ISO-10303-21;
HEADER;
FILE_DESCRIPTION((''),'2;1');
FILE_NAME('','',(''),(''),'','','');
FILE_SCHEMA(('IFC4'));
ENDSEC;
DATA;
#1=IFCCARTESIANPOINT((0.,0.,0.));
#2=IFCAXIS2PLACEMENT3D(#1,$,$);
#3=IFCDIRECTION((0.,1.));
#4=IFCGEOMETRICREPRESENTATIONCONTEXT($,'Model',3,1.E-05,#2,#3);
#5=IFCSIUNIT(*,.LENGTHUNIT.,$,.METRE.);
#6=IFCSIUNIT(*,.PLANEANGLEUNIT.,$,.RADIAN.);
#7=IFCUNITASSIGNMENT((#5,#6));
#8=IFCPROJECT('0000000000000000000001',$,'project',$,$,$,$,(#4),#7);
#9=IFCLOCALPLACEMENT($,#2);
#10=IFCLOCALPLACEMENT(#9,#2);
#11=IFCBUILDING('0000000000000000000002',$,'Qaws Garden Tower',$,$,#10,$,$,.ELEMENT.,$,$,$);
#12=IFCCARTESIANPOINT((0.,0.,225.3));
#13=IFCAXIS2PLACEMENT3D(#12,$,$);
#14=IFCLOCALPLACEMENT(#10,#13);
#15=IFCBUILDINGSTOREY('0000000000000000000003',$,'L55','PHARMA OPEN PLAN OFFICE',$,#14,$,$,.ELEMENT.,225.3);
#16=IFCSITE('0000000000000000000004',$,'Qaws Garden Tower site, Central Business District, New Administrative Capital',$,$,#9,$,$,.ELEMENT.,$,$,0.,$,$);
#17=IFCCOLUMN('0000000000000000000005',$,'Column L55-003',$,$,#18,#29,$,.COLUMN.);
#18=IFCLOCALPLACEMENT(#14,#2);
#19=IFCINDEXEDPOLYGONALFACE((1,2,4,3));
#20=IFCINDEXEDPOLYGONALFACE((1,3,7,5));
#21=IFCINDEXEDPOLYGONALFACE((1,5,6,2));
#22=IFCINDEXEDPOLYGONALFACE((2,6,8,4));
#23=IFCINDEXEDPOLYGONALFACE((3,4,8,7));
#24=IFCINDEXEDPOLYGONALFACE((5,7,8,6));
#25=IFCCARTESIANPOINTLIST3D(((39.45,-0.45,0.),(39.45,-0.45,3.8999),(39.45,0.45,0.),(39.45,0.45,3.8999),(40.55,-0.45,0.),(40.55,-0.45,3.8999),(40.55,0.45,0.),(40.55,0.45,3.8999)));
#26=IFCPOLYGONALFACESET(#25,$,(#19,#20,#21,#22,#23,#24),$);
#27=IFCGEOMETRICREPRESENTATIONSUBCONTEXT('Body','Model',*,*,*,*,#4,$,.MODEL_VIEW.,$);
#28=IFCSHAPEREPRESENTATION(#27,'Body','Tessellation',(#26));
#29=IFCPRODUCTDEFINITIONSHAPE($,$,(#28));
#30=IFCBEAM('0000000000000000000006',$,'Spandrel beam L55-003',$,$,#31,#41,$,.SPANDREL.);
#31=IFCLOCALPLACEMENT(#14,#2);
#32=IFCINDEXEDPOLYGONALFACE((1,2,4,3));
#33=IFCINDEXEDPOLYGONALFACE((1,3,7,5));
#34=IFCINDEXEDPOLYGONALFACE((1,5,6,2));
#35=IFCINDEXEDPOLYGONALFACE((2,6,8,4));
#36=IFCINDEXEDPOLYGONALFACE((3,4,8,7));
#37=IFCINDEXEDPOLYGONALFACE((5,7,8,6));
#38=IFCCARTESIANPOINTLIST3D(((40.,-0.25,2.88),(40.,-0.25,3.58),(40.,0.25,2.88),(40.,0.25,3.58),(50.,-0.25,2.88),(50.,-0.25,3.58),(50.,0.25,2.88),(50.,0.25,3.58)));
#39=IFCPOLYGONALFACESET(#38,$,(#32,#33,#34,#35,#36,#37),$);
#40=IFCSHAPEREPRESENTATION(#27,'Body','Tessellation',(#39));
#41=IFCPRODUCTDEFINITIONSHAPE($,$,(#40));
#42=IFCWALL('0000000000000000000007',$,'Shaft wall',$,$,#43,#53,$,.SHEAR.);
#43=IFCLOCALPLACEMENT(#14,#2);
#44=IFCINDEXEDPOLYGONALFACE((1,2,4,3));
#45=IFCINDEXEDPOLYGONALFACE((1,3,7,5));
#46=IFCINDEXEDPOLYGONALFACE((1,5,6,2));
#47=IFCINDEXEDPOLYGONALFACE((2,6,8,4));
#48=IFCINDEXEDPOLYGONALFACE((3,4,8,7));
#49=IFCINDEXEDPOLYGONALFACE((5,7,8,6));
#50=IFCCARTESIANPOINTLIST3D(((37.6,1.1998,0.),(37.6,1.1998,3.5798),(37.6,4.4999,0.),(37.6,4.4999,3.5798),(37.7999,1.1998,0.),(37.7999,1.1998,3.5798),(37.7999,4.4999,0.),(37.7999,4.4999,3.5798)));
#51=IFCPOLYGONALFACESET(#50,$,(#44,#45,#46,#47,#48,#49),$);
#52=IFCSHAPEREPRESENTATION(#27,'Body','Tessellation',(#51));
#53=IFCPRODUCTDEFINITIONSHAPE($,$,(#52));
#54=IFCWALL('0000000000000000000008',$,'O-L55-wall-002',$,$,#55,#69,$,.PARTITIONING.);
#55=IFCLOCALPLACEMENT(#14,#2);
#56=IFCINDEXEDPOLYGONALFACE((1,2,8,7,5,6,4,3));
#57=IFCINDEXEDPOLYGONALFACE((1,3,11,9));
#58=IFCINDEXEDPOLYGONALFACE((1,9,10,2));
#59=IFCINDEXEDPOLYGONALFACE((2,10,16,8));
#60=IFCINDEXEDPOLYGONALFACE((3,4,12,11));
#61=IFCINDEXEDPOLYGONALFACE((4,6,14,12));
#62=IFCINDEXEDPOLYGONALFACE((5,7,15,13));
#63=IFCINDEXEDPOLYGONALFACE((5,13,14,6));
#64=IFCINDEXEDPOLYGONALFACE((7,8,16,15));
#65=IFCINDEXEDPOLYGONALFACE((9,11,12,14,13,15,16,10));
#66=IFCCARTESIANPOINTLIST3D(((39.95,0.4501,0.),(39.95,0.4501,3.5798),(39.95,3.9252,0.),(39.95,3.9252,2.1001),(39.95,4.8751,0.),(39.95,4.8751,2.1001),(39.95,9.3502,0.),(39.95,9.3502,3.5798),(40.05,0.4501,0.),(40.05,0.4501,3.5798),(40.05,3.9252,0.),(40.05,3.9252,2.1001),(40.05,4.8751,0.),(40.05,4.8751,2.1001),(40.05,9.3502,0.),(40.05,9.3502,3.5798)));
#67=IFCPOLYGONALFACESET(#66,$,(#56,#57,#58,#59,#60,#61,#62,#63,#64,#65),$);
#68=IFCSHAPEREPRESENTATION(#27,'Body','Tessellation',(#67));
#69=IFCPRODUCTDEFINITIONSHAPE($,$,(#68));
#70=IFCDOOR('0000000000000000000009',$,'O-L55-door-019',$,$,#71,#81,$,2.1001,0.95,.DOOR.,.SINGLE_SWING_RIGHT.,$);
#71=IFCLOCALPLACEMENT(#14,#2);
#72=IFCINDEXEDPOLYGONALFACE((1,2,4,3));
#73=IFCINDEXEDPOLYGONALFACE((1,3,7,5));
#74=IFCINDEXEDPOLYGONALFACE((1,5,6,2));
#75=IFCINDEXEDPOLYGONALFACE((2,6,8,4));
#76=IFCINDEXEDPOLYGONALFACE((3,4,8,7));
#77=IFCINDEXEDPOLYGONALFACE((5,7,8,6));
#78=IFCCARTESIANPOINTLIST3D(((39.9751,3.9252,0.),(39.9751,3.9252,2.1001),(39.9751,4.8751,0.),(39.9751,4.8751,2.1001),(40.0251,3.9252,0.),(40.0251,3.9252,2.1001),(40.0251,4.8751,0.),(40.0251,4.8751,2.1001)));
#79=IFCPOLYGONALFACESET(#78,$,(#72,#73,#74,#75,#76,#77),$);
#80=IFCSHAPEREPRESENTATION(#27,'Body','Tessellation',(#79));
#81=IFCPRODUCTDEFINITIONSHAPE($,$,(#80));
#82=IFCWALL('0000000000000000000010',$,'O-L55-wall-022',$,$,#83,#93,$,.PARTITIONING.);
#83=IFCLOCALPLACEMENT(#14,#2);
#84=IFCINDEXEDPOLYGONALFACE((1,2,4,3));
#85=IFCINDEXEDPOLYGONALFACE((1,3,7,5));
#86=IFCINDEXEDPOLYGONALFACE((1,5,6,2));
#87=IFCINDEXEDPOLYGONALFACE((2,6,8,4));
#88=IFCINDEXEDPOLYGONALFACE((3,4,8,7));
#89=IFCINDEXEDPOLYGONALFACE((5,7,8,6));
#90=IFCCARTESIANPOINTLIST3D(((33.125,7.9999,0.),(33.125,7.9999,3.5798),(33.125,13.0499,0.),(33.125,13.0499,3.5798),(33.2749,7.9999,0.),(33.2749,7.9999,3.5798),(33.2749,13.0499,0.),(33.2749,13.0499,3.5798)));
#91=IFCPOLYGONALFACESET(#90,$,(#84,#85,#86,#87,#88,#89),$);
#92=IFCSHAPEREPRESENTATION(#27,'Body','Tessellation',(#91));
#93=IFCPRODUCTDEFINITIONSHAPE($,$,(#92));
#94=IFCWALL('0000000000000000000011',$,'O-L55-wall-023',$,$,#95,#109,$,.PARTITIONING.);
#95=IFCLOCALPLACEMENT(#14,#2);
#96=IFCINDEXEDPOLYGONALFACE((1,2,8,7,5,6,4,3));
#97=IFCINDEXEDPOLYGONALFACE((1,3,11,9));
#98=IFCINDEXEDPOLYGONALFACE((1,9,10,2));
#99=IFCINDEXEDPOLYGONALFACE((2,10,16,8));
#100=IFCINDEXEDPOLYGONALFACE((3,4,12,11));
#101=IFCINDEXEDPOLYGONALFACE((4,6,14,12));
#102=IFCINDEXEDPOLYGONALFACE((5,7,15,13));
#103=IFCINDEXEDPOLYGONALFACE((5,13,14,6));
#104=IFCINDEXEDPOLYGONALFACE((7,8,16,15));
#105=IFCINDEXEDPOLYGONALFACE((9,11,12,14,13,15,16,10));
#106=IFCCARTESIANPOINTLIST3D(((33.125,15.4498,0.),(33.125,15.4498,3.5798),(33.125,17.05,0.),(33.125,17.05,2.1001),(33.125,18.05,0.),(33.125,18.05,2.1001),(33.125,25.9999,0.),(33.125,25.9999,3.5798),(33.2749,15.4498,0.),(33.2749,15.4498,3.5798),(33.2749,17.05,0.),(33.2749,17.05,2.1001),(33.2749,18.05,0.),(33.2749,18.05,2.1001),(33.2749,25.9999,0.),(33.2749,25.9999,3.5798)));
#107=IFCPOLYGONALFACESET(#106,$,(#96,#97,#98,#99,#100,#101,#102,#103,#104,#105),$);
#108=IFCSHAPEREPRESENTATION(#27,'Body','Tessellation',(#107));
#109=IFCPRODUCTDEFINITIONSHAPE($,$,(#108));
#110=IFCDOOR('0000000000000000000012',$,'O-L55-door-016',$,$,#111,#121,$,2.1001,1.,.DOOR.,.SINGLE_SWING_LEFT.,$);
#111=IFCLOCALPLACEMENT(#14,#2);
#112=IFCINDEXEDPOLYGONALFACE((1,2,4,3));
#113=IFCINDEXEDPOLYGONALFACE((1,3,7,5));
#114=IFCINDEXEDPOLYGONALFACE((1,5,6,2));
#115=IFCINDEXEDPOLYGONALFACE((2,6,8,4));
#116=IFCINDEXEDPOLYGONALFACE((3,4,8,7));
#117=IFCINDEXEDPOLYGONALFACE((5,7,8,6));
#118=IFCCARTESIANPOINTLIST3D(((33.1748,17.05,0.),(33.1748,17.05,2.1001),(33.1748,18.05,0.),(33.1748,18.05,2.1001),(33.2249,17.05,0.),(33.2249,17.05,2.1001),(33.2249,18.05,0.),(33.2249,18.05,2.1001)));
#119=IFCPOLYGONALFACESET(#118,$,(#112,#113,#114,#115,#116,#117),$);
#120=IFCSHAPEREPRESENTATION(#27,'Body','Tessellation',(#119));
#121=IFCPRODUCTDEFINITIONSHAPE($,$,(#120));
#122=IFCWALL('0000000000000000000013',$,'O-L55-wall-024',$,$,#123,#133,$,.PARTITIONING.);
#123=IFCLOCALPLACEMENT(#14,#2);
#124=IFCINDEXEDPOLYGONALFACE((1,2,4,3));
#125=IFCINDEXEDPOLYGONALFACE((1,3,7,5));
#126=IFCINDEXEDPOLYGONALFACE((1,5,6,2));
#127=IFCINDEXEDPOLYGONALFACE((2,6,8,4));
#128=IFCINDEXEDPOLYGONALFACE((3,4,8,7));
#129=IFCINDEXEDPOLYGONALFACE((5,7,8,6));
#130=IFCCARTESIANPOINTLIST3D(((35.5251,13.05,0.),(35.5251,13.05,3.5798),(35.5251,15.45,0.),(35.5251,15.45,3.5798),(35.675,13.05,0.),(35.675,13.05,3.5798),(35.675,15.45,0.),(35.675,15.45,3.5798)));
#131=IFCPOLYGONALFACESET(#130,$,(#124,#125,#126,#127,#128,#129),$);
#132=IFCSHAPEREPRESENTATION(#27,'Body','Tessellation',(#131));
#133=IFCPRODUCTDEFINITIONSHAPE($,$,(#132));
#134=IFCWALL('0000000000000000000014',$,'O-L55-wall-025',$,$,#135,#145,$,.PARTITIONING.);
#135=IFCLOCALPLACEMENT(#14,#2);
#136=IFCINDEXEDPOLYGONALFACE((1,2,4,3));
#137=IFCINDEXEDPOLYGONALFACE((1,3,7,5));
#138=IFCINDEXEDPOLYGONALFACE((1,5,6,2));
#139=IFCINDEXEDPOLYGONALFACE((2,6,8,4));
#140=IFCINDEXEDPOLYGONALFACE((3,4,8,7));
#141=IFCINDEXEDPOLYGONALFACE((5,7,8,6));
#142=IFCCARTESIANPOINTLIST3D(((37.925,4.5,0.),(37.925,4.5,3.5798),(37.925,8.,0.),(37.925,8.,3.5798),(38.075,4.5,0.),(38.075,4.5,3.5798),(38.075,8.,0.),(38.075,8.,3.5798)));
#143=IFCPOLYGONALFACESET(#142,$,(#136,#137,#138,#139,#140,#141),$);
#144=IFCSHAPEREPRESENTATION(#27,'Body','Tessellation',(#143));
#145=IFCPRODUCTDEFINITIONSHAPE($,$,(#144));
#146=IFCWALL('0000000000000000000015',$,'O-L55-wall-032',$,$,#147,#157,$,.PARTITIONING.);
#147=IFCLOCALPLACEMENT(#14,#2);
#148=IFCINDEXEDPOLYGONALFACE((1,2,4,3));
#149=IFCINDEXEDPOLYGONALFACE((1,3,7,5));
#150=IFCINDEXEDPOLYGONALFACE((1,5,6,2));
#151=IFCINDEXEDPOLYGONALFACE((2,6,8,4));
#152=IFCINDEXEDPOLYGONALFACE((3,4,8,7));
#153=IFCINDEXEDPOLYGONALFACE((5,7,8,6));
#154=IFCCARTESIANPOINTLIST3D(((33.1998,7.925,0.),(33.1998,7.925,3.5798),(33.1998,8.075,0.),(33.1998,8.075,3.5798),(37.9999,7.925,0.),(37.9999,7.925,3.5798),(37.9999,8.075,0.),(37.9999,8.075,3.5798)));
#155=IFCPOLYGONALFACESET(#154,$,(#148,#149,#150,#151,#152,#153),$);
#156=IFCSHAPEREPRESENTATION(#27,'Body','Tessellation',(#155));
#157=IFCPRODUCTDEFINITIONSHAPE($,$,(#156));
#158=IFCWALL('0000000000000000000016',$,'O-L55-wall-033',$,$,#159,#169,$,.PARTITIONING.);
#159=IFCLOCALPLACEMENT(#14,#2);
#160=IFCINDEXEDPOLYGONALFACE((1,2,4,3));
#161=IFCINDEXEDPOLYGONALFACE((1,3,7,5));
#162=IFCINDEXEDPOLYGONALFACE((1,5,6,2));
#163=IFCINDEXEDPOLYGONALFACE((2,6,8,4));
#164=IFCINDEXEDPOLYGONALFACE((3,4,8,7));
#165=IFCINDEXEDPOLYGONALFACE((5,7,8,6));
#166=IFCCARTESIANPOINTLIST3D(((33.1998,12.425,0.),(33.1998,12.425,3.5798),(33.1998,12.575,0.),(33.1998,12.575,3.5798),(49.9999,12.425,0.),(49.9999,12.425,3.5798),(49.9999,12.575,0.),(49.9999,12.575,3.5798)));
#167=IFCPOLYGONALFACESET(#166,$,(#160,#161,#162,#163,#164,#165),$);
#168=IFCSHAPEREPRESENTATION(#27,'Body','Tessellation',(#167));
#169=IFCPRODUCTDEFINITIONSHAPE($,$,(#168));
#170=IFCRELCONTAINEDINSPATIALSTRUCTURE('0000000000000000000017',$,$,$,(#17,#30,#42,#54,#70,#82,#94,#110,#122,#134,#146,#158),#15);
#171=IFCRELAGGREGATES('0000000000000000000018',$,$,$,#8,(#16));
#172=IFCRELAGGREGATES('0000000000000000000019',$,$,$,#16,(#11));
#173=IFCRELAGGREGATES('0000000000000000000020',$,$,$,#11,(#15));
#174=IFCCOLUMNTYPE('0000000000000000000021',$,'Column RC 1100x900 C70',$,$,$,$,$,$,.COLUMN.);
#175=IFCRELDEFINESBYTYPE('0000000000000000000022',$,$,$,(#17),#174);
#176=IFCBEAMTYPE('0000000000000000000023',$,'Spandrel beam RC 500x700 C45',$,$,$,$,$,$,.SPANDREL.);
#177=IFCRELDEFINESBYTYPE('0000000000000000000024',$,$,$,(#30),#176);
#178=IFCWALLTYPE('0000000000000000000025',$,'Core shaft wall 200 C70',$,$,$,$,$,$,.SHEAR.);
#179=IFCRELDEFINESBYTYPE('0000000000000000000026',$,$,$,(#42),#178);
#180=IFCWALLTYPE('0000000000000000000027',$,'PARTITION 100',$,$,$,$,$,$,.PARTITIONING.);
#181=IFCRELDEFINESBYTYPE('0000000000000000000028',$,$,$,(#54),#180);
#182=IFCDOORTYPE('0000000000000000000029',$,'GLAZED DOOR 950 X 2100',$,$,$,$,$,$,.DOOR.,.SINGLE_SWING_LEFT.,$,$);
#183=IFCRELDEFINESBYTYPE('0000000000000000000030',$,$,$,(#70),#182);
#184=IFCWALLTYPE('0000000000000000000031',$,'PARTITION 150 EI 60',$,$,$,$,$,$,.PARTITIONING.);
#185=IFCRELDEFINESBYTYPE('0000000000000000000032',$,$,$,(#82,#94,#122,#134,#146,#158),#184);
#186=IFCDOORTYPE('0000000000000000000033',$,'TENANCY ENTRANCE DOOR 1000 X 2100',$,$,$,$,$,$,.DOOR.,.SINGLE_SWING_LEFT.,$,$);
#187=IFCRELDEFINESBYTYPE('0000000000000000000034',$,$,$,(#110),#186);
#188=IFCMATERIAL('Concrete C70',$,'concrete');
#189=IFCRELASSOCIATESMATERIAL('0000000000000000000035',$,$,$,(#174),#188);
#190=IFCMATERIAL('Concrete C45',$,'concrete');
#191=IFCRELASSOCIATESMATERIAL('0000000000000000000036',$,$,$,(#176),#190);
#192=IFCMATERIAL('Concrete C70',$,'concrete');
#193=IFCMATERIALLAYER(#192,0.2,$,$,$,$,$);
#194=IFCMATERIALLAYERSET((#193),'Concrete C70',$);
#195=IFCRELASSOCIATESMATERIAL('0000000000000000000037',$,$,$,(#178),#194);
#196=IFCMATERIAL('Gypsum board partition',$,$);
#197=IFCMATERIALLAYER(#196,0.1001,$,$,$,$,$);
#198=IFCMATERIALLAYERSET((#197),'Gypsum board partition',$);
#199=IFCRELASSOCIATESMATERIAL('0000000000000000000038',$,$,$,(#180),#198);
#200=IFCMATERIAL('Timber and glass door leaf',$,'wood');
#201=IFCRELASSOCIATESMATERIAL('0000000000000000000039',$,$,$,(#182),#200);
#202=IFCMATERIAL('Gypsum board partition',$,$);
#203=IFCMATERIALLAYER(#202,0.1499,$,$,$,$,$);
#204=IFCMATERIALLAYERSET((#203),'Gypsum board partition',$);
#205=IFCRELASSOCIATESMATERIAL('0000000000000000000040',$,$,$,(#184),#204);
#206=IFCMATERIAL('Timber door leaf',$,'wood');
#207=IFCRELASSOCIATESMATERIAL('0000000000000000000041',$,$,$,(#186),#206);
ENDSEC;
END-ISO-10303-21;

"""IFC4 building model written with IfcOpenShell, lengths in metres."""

from ifc_helpers import new_model, si_unit, direction, frame, frame_2d, origin, origin_2d, place, context, subcontext, project, spatial, rectangle, extrude, material, layer, layer_set, material_profile, profile_set, type_object, element, fill, save


model = new_model("IFC4")

# Units and contexts
model_context = context("Model", 3, precision=1e-05, world=origin(), true_north=direction((0.0, 1.0)))
body_context = subcontext(model_context, "Body", "Model", "MODEL_VIEW")
ifc_project = project(units=[si_unit("LENGTHUNIT", "METRE"), si_unit("PLANEANGLEUNIT", "RADIAN")], contexts=[model_context])

# Site, building, storey
site_placement = place(None, origin())
site = spatial("IfcSite", under=ifc_project, at=site_placement, Name="Qaws Garden Tower site, Central Business District, New Administrative Capital", CompositionType="ELEMENT", RefElevation=0.0)
building_placement = place(site_placement, origin())
building = spatial("IfcBuilding", under=site, at=building_placement, Name="Qaws Garden Tower", CompositionType="ELEMENT")
storey_placement = place(building_placement, frame((0.0, 0.0, 225.3)))
storey = spatial("IfcBuildingStorey", under=building, at=storey_placement, Name="L55", Description="PHARMA OPEN PLAN OFFICE", CompositionType="ELEMENT", Elevation=225.3)

# Column
ifc_material_1 = material(Name="Concrete C70", Category="concrete")
ifc_material_profile_1 = material_profile(ifc_material_1, rectangle(XDim=1.1001, YDim=0.8999, at=origin_2d()), Name="RC 1100x900")
ifc_profile_set_1 = profile_set([ifc_material_profile_1], Name="Concrete C70")
column_type = type_object("IfcColumnType", Name="Column RC 1100x900 C70", PredefinedType="COLUMN", material=ifc_profile_set_1)
column_placement = place(storey_placement, frame((40.0, 0.0, 0.0), z_axis=(0.0, 0.0, 1.0), x_axis=(1.0, 0.0, 0.0)))
element("IfcColumn", 1, at=column_placement, inside=storey, type_object=column_type, Name="Column L55-003", PredefinedType="COLUMN", context=body_context, shape_type="SweptSolid", body=[
    extrude(rectangle(XDim=1.1001, YDim=0.8999, at=origin_2d()), origin(), (0.0, 0.0, 1.0), 3.8999),
])

# Beam
ifc_material_2 = material(Name="Concrete C45", Category="concrete")
ifc_material_profile_2 = material_profile(ifc_material_2, rectangle(XDim=0.5, YDim=0.7, at=origin_2d()), Name="RC 500x700")
ifc_profile_set_2 = profile_set([ifc_material_profile_2], Name="Concrete C45")
beam_type = type_object("IfcBeamType", Name="Spandrel beam RC 500x700 C45", PredefinedType="SPANDREL", material=ifc_profile_set_2)
beam_placement = place(storey_placement, frame((40.0, 0.0, 3.23), z_axis=(1.0, 0.0, 0.0), x_axis=(0.0, 1.0, 0.0)))
element("IfcBeam", 2, at=beam_placement, inside=storey, type_object=beam_type, Name="Spandrel beam L55-003", PredefinedType="SPANDREL", context=body_context, shape_type="SweptSolid", body=[
    extrude(rectangle(XDim=0.5, YDim=0.7, at=origin_2d()), origin(), (0.0, 0.0, 1.0), 10.0),
])

# Wall
ifc_material_3 = material(Name="Concrete C70", Category="concrete")
ifc_layer_1 = layer(ifc_material_3, 0.2)
ifc_layer_set_1 = layer_set([ifc_layer_1], Name="Concrete C70")
wall_type_1 = type_object("IfcWallType", Name="Core shaft wall 200 C70", PredefinedType="SHEAR", material=ifc_layer_set_1)
wall_1_placement = place(storey_placement, frame((37.7, 1.2, 0.0), z_axis=(0.0, 0.0, 1.0), x_axis=(0.0, 1.0, 0.0)))
element("IfcWall", 3, at=wall_1_placement, inside=storey, type_object=wall_type_1, Name="Shaft wall", PredefinedType="SHEAR", context=body_context, shape_type="SweptSolid", body=[
    extrude(rectangle(XDim=3.3, YDim=0.2, at=frame_2d((1.6499, 0.0))), origin(), (0.0, 0.0, 1.0), 3.5798),
])

# Wall, opening, door
ifc_material_4 = material(Name="Gypsum board partition")
ifc_layer_2 = layer(ifc_material_4, 0.1001)
ifc_layer_set_2 = layer_set([ifc_layer_2], Name="Gypsum board partition")
wall_type_2 = type_object("IfcWallType", Name="PARTITION 100", PredefinedType="PARTITIONING", material=ifc_layer_set_2)
wall_2_placement = place(storey_placement, frame((40.0, 0.45, 0.0), z_axis=(0.0, 0.0, 1.0), x_axis=(0.0, 1.0, 0.0)))
wall_2 = element("IfcWall", 4, at=wall_2_placement, inside=storey, type_object=wall_type_2, Name="O-L55-wall-002", PredefinedType="PARTITIONING", context=body_context, shape_type="SweptSolid", body=[
    extrude(rectangle(XDim=8.9001, YDim=0.1001, at=frame_2d((4.4502, 0.0))), origin(), (0.0, 0.0, 1.0), 3.5798),
])
opening_1_placement = place(wall_2_placement, frame((3.4751, 0.0, 0.0)))
opening_1 = element("IfcOpeningElement", 5, at=opening_1_placement, cuts=wall_2, PredefinedType="OPENING", context=body_context, shape_type="SweptSolid", body=[
    extrude(rectangle(XDim=0.95, YDim=2.1001, at=frame_2d((0.4751, 1.05))), frame((0.0, 0.0601, 0.0), z_axis=(0.0, -1.0, 0.0), x_axis=(1.0, 0.0, 0.0)), (0.0, 0.0, 1.0), 0.1201),
])
ifc_material_5 = material(Name="Timber and glass door leaf", Category="wood")
door_type_1 = type_object("IfcDoorType", Name="GLAZED DOOR 950 X 2100", OperationType="SINGLE_SWING_LEFT", PredefinedType="DOOR", material=ifc_material_5)
door_1_placement = place(opening_1_placement, origin())
door_1 = element("IfcDoor", 6, at=door_1_placement, inside=storey, type_object=door_type_1, Name="O-L55-door-019", OperationType="SINGLE_SWING_RIGHT", OverallHeight=2.1001, OverallWidth=0.95, PredefinedType="DOOR", context=body_context, shape_type="SweptSolid", body=[
    extrude(rectangle(XDim=0.95, YDim=2.1001, at=frame_2d((0.4751, 1.05))), frame((0.0, 0.0249, 0.0), z_axis=(0.0, -1.0, 0.0), x_axis=(1.0, 0.0, 0.0)), (0.0, 0.0, 1.0), 0.05),
])
fill(opening_1, door_1)

# Wall
ifc_material_6 = material(Name="Gypsum board partition")
ifc_layer_3 = layer(ifc_material_6, 0.1499)
ifc_layer_set_3 = layer_set([ifc_layer_3], Name="Gypsum board partition")
wall_type_3 = type_object("IfcWallType", Name="PARTITION 150 EI 60", PredefinedType="PARTITIONING", material=ifc_layer_set_3)
wall_3_placement = place(storey_placement, frame((33.2, 8.0, 0.0), z_axis=(0.0, 0.0, 1.0), x_axis=(0.0, 1.0, 0.0)))
element("IfcWall", 7, at=wall_3_placement, inside=storey, type_object=wall_type_3, Name="O-L55-wall-022", PredefinedType="PARTITIONING", context=body_context, shape_type="SweptSolid", body=[
    extrude(rectangle(XDim=5.05, YDim=0.1499, at=frame_2d((2.5249, 0.0))), origin(), (0.0, 0.0, 1.0), 3.5798),
])

# Wall, opening, door
wall_4_placement = place(storey_placement, frame((33.2, 15.45, 0.0), z_axis=(0.0, 0.0, 1.0), x_axis=(0.0, 1.0, 0.0)))
wall_4 = element("IfcWall", 8, at=wall_4_placement, inside=storey, type_object=wall_type_3, Name="O-L55-wall-023", PredefinedType="PARTITIONING", context=body_context, shape_type="SweptSolid", body=[
    extrude(rectangle(XDim=10.55, YDim=0.1499, at=frame_2d((5.2749, 0.0))), origin(), (0.0, 0.0, 1.0), 3.5798),
])
opening_2_placement = place(wall_4_placement, frame((1.6001, 0.0, 0.0)))
opening_2 = element("IfcOpeningElement", 9, at=opening_2_placement, cuts=wall_4, PredefinedType="OPENING", context=body_context, shape_type="SweptSolid", body=[
    extrude(rectangle(XDim=1.0, YDim=2.1001, at=frame_2d((0.5, 1.05))), frame((0.0, 0.085, 0.0), z_axis=(0.0, -1.0, 0.0), x_axis=(1.0, 0.0, 0.0)), (0.0, 0.0, 1.0), 0.1699),
])
ifc_material_7 = material(Name="Timber door leaf", Category="wood")
door_type_2 = type_object("IfcDoorType", Name="TENANCY ENTRANCE DOOR 1000 X 2100", OperationType="SINGLE_SWING_LEFT", PredefinedType="DOOR", material=ifc_material_7)
door_2_placement = place(opening_2_placement, frame((1.0, 0.0, 0.0), z_axis=(0.0, 0.0, 1.0), x_axis=(-1.0, 0.0, 0.0)))
door_2 = element("IfcDoor", 10, at=door_2_placement, inside=storey, type_object=door_type_2, Name="O-L55-door-016", OperationType="SINGLE_SWING_LEFT", OverallHeight=2.1001, OverallWidth=1.0, PredefinedType="DOOR", context=body_context, shape_type="SweptSolid", body=[
    extrude(rectangle(XDim=1.0, YDim=2.1001, at=frame_2d((0.5, 1.05))), frame((0.0, 0.0249, 0.0), z_axis=(0.0, -1.0, 0.0), x_axis=(1.0, 0.0, 0.0)), (0.0, 0.0, 1.0), 0.05),
])
fill(opening_2, door_2)

# Walls
wall_5_placement = place(storey_placement, frame((35.6001, 13.05, 0.0), z_axis=(0.0, 0.0, 1.0), x_axis=(0.0, 1.0, 0.0)))
element("IfcWall", 11, at=wall_5_placement, inside=storey, type_object=wall_type_3, Name="O-L55-wall-024", PredefinedType="PARTITIONING", context=body_context, shape_type="SweptSolid", body=[
    extrude(rectangle(XDim=2.3999, YDim=0.1499, at=frame_2d((1.2, 0.0))), origin(), (0.0, 0.0, 1.0), 3.5798),
])
wall_6_placement = place(storey_placement, frame((38.0, 4.5, 0.0), z_axis=(0.0, 0.0, 1.0), x_axis=(0.0, 1.0, 0.0)))
element("IfcWall", 12, at=wall_6_placement, inside=storey, type_object=wall_type_3, Name="O-L55-wall-025", PredefinedType="PARTITIONING", context=body_context, shape_type="SweptSolid", body=[
    extrude(rectangle(XDim=3.5, YDim=0.1499, at=frame_2d((1.75, 0.0))), origin(), (0.0, 0.0, 1.0), 3.5798),
])
wall_7_placement = place(storey_placement, frame((33.2, 8.0, 0.0), z_axis=(0.0, 0.0, 1.0), x_axis=(1.0, 0.0, 0.0)))
element("IfcWall", 13, at=wall_7_placement, inside=storey, type_object=wall_type_3, Name="O-L55-wall-032", PredefinedType="PARTITIONING", context=body_context, shape_type="SweptSolid", body=[
    extrude(rectangle(XDim=4.8, YDim=0.1499, at=frame_2d((2.3999, 0.0))), origin(), (0.0, 0.0, 1.0), 3.5798),
])
wall_8_placement = place(storey_placement, frame((33.2, 12.5, 0.0), z_axis=(0.0, 0.0, 1.0), x_axis=(1.0, 0.0, 0.0)))
element("IfcWall", 14, at=wall_8_placement, inside=storey, type_object=wall_type_3, Name="O-L55-wall-033", PredefinedType="PARTITIONING", context=body_context, shape_type="SweptSolid", body=[
    extrude(rectangle(XDim=16.8, YDim=0.1499, at=frame_2d((8.3999, 0.0))), origin(), (0.0, 0.0, 1.0), 3.5798),
])

save(model, "model.ifc")
